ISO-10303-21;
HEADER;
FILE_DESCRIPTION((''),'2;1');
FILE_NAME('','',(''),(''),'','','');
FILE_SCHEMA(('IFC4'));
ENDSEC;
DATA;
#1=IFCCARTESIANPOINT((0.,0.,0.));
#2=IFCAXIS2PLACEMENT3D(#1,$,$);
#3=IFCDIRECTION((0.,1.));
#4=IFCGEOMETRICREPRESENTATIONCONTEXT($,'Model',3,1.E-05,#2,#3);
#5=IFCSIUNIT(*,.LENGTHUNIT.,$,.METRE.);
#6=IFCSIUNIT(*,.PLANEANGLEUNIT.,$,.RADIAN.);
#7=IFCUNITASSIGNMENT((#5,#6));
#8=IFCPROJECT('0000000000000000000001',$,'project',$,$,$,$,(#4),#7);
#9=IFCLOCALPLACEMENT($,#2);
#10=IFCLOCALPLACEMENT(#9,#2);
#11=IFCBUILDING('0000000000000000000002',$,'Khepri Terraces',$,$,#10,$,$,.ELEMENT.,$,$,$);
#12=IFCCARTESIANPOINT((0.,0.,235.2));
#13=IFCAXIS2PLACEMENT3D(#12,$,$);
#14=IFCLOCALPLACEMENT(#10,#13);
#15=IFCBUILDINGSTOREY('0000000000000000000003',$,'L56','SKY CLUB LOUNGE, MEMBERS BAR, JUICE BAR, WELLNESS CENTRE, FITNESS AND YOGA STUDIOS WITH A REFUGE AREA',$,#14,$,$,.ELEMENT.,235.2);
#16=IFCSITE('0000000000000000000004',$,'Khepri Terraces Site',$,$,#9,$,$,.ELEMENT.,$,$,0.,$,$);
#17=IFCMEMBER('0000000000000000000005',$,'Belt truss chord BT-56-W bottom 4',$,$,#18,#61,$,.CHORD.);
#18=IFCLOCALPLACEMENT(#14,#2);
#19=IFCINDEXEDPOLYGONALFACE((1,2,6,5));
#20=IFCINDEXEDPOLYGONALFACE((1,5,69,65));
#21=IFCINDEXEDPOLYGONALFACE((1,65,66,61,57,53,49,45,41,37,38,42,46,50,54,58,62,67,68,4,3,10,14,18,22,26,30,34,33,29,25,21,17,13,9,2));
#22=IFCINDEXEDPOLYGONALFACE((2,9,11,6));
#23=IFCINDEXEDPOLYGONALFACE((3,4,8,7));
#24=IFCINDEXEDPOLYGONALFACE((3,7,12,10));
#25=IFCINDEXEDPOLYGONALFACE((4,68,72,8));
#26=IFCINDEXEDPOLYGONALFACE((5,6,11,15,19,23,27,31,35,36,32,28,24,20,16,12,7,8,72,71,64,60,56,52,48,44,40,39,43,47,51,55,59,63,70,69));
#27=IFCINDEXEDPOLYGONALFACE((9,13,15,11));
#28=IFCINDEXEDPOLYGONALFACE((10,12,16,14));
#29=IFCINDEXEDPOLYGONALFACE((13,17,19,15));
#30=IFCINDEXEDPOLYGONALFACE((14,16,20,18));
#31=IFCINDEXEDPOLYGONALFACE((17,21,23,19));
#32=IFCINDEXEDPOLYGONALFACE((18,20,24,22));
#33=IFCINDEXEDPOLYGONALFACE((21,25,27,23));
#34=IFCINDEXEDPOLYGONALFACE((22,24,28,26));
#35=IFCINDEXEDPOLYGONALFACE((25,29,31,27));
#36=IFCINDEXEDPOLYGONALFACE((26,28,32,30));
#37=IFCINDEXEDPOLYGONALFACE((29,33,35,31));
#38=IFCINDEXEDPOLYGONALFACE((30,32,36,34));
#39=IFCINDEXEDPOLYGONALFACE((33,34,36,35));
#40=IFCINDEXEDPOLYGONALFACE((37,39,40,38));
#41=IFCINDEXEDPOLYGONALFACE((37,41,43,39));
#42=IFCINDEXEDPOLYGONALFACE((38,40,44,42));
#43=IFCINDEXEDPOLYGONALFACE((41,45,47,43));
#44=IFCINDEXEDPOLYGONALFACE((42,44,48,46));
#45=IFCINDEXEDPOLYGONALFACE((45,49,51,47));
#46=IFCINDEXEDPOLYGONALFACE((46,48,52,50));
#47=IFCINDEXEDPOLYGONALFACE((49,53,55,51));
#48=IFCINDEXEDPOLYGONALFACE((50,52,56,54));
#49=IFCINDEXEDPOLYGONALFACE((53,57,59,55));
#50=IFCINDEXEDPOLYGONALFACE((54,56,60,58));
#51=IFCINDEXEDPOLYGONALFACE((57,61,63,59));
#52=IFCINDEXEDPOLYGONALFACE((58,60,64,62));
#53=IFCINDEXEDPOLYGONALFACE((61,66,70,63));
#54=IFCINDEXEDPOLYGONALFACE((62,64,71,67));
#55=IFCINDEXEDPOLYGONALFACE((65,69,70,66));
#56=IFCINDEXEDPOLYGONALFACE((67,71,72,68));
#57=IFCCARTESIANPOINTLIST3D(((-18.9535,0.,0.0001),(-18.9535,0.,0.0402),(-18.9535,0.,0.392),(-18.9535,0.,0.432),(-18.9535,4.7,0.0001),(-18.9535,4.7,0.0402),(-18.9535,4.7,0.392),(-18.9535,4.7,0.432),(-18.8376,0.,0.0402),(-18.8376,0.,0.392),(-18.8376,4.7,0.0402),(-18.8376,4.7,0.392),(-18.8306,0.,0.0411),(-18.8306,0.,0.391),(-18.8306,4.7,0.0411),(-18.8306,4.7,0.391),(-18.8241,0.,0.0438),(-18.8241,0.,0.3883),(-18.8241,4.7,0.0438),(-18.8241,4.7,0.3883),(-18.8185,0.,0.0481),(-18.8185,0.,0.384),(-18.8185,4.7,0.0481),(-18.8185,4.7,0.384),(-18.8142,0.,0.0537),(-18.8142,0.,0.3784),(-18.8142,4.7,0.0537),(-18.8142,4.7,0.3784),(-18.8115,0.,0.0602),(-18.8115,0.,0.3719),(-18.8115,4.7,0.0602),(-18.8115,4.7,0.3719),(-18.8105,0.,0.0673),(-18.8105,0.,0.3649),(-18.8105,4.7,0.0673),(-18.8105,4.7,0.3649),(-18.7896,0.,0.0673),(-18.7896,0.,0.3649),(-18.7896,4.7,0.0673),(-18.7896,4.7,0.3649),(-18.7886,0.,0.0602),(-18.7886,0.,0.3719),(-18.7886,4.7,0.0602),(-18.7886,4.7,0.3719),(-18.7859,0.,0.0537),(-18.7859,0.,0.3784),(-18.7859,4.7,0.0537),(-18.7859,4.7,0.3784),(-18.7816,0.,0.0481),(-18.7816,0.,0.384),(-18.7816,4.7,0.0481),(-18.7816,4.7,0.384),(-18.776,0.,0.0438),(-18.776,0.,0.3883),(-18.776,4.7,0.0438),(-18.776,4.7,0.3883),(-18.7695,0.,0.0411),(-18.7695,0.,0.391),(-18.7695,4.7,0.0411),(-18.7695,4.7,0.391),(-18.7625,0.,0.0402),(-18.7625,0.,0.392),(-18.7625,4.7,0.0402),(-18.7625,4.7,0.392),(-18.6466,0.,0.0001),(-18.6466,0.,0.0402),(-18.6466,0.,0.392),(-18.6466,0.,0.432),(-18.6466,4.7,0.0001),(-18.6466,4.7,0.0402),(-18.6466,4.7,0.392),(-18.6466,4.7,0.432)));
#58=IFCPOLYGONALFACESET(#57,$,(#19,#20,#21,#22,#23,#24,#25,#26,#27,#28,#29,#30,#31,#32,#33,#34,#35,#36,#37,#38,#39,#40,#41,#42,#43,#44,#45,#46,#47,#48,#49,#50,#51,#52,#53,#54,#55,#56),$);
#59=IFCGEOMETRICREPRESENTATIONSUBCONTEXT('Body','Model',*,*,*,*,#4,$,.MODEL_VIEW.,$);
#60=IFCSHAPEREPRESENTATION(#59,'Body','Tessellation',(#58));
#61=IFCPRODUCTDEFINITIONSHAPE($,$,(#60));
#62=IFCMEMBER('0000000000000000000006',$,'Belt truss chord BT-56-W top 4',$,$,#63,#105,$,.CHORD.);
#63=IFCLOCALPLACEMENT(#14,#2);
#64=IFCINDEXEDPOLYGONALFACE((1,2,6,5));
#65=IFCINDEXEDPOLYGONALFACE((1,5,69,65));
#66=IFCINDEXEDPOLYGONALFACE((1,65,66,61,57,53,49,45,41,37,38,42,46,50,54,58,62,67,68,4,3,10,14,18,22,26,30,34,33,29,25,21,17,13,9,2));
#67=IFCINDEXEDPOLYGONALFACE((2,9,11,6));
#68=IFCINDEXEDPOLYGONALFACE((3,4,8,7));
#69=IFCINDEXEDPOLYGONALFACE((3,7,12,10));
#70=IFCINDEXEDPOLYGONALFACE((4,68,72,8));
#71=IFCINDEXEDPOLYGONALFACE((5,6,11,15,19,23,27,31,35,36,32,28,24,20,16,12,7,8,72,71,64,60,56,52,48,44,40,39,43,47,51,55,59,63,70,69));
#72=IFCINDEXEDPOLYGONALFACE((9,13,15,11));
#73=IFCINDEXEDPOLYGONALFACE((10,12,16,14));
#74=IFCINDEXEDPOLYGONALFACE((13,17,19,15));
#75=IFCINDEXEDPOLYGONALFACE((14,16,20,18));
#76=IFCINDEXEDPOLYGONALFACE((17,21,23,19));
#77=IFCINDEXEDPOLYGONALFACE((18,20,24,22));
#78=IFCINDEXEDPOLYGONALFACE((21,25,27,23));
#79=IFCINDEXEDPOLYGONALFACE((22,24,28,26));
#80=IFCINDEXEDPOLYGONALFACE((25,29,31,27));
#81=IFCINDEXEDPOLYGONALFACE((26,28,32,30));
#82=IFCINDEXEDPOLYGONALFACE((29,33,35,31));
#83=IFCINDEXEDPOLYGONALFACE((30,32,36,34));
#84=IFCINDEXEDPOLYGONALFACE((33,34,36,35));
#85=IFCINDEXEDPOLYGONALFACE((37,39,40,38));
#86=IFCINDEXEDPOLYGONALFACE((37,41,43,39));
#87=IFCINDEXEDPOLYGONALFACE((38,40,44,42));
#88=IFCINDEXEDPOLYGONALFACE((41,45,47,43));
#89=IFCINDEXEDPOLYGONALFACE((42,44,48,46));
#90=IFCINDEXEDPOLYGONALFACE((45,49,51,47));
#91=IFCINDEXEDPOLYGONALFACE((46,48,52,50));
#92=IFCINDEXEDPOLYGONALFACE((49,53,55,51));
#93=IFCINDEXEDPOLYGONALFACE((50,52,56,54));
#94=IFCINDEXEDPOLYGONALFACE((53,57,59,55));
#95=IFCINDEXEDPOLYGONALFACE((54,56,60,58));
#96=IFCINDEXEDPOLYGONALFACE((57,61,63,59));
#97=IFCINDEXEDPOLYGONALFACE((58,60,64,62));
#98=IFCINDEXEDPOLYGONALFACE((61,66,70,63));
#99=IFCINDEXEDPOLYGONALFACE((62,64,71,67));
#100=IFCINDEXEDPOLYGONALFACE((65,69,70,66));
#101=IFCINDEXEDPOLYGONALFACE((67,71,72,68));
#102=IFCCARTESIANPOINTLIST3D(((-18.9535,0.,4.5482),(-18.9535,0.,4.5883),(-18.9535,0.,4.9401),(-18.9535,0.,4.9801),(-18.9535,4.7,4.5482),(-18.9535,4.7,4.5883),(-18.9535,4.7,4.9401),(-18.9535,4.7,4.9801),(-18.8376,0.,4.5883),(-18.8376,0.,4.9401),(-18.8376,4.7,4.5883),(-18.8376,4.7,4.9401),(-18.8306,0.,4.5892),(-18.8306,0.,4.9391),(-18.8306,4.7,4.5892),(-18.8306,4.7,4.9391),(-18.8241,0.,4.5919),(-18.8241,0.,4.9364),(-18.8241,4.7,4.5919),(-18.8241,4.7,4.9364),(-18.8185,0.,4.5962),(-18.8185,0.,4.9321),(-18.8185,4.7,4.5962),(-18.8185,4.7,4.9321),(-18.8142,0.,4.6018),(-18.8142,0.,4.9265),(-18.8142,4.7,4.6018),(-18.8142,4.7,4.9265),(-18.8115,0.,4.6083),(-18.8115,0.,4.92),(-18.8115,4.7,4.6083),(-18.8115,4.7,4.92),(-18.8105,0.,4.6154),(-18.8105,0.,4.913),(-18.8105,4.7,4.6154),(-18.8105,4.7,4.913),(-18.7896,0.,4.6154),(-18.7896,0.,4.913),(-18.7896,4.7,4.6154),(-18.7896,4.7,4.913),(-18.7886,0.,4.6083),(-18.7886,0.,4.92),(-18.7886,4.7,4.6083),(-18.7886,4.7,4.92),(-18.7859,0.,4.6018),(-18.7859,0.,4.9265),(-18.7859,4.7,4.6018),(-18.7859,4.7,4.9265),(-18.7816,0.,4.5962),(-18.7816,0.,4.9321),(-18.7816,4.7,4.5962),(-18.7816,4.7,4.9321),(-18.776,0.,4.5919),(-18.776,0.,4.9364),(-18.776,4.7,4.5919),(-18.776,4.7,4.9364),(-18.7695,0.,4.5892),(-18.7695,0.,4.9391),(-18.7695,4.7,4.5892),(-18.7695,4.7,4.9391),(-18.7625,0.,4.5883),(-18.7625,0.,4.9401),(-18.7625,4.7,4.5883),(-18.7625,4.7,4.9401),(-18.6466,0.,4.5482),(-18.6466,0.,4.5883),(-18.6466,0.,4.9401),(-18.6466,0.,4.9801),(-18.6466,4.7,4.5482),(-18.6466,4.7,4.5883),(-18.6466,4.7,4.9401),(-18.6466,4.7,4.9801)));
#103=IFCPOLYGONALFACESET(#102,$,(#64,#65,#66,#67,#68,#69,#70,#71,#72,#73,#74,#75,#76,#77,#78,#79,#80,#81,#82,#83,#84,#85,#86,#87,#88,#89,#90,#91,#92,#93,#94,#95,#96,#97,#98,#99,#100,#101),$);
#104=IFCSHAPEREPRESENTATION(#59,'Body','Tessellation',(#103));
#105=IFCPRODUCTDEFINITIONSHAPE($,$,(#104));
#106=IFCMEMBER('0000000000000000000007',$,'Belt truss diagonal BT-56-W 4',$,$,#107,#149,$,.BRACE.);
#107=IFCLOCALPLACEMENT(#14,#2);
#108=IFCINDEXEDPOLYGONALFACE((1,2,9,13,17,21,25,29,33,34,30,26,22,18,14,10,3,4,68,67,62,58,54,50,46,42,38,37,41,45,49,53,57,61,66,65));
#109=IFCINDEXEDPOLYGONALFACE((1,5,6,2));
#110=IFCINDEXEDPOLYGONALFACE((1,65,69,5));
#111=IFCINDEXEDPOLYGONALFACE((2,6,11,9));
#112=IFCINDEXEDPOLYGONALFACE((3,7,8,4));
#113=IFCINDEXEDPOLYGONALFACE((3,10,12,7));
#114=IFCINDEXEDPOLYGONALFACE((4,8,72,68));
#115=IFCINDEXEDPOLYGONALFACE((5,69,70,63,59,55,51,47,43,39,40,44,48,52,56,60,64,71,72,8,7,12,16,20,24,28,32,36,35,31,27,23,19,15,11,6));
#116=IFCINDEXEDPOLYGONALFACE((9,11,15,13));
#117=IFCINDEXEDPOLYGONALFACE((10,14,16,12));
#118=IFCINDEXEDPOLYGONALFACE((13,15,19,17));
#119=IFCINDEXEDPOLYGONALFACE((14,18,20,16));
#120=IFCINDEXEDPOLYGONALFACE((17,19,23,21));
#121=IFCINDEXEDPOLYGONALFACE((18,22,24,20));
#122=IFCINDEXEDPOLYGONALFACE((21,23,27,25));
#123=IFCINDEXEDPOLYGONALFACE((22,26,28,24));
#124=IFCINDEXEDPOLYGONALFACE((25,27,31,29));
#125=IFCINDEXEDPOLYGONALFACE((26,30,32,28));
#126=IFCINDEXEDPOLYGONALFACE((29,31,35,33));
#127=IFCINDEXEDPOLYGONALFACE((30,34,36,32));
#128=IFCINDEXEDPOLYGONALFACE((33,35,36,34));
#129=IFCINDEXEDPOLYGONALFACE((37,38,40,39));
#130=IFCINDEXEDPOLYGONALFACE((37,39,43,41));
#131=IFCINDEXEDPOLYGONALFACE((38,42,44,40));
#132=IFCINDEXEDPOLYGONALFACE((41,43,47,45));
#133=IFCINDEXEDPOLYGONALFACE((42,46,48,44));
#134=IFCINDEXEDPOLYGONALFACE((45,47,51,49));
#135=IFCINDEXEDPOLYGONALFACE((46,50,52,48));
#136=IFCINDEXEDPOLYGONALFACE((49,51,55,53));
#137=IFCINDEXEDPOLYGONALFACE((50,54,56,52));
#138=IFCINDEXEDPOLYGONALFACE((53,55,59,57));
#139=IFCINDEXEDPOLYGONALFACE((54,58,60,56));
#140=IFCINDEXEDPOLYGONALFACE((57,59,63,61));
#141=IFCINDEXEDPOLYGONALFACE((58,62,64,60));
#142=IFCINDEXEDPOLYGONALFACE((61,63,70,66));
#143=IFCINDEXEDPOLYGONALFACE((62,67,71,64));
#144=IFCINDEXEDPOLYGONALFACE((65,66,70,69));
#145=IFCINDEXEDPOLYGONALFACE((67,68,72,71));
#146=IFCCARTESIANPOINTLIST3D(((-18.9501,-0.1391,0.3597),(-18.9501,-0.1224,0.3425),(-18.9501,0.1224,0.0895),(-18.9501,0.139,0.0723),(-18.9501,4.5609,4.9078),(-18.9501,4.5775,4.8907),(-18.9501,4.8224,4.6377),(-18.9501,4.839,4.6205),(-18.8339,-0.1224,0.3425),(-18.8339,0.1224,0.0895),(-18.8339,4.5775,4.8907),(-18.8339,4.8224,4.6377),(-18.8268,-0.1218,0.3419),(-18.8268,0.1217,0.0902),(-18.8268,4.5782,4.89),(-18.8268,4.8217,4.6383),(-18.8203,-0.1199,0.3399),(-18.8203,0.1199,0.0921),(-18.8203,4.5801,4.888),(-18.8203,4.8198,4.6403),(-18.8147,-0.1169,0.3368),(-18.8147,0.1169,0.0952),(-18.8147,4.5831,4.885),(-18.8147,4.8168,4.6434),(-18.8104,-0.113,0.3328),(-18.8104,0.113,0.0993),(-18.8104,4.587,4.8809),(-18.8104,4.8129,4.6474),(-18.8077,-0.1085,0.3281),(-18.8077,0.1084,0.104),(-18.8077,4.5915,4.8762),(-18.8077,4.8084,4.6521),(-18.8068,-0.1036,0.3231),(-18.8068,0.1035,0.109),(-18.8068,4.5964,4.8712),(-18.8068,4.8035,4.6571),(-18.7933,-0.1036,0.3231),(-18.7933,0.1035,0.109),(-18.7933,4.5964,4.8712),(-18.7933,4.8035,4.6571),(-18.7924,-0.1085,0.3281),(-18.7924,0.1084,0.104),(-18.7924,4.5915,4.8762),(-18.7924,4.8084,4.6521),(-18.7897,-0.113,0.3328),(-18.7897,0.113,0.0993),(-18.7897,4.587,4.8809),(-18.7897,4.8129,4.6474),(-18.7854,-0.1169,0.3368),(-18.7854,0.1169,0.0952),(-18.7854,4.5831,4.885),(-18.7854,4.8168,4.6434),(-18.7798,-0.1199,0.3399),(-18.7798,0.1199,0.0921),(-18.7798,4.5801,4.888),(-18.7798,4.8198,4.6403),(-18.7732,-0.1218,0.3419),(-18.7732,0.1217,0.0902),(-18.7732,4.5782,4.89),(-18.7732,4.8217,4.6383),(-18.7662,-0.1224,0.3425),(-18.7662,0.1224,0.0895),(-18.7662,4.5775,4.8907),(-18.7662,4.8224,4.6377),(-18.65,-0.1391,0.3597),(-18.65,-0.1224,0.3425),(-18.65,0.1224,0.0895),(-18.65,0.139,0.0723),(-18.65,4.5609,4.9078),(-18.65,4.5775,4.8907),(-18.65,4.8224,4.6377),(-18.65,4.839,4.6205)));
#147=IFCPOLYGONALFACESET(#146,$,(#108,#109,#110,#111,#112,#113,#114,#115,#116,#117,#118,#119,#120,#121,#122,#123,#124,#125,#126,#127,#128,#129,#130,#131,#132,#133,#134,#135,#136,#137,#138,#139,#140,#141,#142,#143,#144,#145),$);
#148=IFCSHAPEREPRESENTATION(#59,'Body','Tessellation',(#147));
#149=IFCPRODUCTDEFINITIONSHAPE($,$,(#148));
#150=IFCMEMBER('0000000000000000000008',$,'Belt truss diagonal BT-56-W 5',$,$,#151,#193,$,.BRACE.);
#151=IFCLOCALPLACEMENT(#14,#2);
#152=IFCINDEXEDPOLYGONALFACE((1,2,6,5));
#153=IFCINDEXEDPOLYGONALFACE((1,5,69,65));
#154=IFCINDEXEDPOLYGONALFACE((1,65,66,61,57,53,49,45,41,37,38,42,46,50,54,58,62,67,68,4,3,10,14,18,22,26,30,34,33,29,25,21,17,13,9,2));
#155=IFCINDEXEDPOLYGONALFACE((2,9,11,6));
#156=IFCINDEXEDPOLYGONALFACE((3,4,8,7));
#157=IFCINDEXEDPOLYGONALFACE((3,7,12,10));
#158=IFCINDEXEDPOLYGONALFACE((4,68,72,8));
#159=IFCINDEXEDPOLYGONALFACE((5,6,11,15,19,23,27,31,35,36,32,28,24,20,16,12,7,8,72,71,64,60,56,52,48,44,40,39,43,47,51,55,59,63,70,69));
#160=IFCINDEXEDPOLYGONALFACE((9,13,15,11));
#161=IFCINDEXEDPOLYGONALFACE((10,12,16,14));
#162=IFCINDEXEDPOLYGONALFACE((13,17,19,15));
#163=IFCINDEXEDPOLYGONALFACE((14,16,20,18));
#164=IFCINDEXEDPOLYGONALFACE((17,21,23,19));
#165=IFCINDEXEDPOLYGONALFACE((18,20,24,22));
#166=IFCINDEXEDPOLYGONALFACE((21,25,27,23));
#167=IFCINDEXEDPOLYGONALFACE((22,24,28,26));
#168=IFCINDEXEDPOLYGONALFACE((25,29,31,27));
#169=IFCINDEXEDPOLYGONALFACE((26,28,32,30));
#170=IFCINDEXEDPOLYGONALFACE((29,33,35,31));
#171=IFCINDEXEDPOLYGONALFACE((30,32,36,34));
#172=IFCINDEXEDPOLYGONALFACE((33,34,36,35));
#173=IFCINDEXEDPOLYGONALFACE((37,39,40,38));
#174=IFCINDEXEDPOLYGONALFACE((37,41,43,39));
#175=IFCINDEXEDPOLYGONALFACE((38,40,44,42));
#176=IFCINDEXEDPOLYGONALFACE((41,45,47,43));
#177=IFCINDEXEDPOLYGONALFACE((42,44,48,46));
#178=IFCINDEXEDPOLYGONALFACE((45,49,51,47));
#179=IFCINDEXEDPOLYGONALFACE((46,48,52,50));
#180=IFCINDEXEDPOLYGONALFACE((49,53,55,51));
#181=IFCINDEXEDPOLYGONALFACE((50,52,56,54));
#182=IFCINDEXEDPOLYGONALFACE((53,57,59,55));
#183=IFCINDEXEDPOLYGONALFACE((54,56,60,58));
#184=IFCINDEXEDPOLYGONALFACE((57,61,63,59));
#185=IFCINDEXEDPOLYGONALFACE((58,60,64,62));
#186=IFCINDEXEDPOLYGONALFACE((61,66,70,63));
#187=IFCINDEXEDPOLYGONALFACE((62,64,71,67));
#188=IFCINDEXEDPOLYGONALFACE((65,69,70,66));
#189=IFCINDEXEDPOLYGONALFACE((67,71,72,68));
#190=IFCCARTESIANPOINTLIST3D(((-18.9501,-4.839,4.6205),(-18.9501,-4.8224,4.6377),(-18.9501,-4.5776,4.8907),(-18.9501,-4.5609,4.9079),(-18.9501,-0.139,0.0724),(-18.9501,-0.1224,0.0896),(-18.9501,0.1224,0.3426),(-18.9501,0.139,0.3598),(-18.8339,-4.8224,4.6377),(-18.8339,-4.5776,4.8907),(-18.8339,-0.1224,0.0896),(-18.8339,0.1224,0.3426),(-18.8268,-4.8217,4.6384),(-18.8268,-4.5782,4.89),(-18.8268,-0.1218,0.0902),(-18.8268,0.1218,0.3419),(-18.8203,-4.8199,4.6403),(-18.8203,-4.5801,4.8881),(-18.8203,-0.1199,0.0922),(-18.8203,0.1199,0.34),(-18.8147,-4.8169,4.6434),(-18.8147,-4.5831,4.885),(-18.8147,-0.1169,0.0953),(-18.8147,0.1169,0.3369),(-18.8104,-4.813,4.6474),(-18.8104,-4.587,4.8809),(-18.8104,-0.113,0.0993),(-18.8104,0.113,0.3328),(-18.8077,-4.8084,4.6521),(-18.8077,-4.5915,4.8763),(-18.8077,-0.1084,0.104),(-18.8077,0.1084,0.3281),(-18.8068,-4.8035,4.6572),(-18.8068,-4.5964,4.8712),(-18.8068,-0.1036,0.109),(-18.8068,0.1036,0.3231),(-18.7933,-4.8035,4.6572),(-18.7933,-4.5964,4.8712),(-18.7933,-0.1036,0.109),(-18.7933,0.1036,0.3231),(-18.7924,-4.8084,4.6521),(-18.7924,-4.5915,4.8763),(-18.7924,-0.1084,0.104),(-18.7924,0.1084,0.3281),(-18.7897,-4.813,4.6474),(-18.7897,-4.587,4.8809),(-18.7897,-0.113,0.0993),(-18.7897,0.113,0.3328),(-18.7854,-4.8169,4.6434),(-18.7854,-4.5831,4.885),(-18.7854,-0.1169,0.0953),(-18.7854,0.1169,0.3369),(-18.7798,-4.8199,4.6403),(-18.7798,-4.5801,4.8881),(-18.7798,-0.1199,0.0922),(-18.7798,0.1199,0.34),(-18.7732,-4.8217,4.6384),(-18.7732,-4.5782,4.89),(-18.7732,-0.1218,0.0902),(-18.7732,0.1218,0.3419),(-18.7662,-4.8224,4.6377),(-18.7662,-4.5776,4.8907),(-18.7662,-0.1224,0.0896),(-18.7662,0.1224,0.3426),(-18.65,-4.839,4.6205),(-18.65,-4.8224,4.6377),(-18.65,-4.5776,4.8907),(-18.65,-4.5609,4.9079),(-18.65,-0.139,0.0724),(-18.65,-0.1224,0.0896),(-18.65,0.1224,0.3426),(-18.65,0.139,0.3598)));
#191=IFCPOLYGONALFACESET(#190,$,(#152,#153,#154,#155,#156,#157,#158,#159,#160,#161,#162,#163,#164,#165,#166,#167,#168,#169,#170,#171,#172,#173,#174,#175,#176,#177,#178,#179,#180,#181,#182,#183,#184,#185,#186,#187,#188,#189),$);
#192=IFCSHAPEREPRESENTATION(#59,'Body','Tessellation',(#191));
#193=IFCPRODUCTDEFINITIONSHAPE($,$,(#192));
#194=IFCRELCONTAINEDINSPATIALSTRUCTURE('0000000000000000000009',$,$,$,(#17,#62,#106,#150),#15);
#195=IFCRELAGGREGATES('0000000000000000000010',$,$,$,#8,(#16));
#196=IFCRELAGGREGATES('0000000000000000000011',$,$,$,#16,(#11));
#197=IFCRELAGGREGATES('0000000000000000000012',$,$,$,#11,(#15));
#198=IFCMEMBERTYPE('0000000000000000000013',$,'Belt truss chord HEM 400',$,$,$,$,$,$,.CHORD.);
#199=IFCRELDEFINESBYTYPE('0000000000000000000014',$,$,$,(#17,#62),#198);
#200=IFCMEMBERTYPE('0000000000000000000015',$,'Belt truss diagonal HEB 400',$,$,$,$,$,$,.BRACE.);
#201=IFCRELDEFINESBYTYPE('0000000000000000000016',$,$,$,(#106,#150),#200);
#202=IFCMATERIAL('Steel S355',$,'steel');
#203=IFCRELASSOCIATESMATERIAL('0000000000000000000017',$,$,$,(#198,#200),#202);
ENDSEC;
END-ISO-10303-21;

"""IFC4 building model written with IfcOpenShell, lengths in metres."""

from ifc_helpers import new_model, si_unit, direction, frame, origin, origin_2d, place, context, subcontext, project, spatial, i_section, extrude, material, material_profile, profile_set, type_object, element, save


model = new_model("IFC4")

# Units and contexts
model_context = context("Model", 3, precision=1e-05, world=origin(), true_north=direction((0.0, 1.0)))
body_context = subcontext(model_context, "Body", "Model", "MODEL_VIEW")
ifc_project = project(units=[si_unit("LENGTHUNIT", "METRE"), si_unit("PLANEANGLEUNIT", "RADIAN")], contexts=[model_context])

# Site, building, storey
site_placement = place(None, origin())
site = spatial("IfcSite", under=ifc_project, at=site_placement, Name="Khepri Terraces Site", CompositionType="ELEMENT", RefElevation=0.0)
building_placement = place(site_placement, origin())
building = spatial("IfcBuilding", under=site, at=building_placement, Name="Khepri Terraces", CompositionType="ELEMENT")
storey_placement = place(building_placement, frame((0.0, 0.0, 235.2)))
storey = spatial("IfcBuildingStorey", under=building, at=storey_placement, Name="L56", Description="SKY CLUB LOUNGE, MEMBERS BAR, JUICE BAR, WELLNESS CENTRE, FITNESS AND YOGA STUDIOS WITH A REFUGE AREA", CompositionType="ELEMENT", Elevation=235.2)

# Members
ifc_material_1 = material(Name="Steel S355", Category="steel")
ifc_material_profile_1 = material_profile(ifc_material_1, i_section(OverallWidth=0.3069, OverallDepth=0.4319, WebThickness=0.021, FlangeThickness=0.04, FilletRadius=0.0271, at=origin_2d()), Name="Steel S355", Category="steel")
ifc_profile_set_1 = profile_set([ifc_material_profile_1], Name="Steel S355")
member_type_1 = type_object("IfcMemberType", Name="Belt truss chord HEM 400", PredefinedType="CHORD", material=ifc_profile_set_1)
for number, where, z_axis, x_axis, name in (
    (1, (-18.8, 4.7, 0.2161), (0.0, -1.0, 0.0), (1.0, 0.0, 0.0), "Belt truss chord BT-56-W bottom 4"),
    (2, (-18.8, 4.7, 4.7642), (0.0, -1.0, 0.0), (1.0, 0.0, 0.0), "Belt truss chord BT-56-W top 4"),
):
    element("IfcMember", number, at=place(storey_placement, frame(where, z_axis=z_axis, x_axis=x_axis)), inside=storey, type_object=member_type_1, Name=name, PredefinedType="CHORD", context=body_context, shape_type="SweptSolid", body=[
        extrude(i_section(OverallWidth=0.3069, OverallDepth=0.4319, WebThickness=0.021, FlangeThickness=0.04, FilletRadius=0.0271, at=origin_2d()), origin(), (0.0, 0.0, 1.0), 4.7),
    ])
ifc_material_profile_2 = material_profile(ifc_material_1, i_section(OverallWidth=0.3, OverallDepth=0.3999, WebThickness=0.0134, FlangeThickness=0.0239, FilletRadius=0.0271, at=origin_2d()), Name="Steel S355", Category="steel")
ifc_profile_set_2 = profile_set([ifc_material_profile_2], Name="Steel S355")
member_type_2 = type_object("IfcMemberType", Name="Belt truss diagonal HEB 400", PredefinedType="BRACE", material=ifc_profile_set_2)
for number, where, z_axis, x_axis, name in (
    (3, (-18.8, 4.7, 4.7642), (0.0, -0.718621, -0.695402), (1.0, 0.0, 0.0), "Belt truss diagonal BT-56-W 4"),
    (4, (-18.8, 0.0, 0.2161), (0.0, -0.718621, 0.695402), (1.0, 0.0, 0.0), "Belt truss diagonal BT-56-W 5"),
):
    element("IfcMember", number, at=place(storey_placement, frame(where, z_axis=z_axis, x_axis=x_axis)), inside=storey, type_object=member_type_2, Name=name, PredefinedType="BRACE", context=body_context, shape_type="SweptSolid", body=[
        extrude(i_section(OverallWidth=0.3, OverallDepth=0.3999, WebThickness=0.0134, FlangeThickness=0.0239, FilletRadius=0.0271, at=origin_2d()), origin(), (0.0, 0.0, 1.0), 6.5403),
    ])

save(model, "model.ifc")
